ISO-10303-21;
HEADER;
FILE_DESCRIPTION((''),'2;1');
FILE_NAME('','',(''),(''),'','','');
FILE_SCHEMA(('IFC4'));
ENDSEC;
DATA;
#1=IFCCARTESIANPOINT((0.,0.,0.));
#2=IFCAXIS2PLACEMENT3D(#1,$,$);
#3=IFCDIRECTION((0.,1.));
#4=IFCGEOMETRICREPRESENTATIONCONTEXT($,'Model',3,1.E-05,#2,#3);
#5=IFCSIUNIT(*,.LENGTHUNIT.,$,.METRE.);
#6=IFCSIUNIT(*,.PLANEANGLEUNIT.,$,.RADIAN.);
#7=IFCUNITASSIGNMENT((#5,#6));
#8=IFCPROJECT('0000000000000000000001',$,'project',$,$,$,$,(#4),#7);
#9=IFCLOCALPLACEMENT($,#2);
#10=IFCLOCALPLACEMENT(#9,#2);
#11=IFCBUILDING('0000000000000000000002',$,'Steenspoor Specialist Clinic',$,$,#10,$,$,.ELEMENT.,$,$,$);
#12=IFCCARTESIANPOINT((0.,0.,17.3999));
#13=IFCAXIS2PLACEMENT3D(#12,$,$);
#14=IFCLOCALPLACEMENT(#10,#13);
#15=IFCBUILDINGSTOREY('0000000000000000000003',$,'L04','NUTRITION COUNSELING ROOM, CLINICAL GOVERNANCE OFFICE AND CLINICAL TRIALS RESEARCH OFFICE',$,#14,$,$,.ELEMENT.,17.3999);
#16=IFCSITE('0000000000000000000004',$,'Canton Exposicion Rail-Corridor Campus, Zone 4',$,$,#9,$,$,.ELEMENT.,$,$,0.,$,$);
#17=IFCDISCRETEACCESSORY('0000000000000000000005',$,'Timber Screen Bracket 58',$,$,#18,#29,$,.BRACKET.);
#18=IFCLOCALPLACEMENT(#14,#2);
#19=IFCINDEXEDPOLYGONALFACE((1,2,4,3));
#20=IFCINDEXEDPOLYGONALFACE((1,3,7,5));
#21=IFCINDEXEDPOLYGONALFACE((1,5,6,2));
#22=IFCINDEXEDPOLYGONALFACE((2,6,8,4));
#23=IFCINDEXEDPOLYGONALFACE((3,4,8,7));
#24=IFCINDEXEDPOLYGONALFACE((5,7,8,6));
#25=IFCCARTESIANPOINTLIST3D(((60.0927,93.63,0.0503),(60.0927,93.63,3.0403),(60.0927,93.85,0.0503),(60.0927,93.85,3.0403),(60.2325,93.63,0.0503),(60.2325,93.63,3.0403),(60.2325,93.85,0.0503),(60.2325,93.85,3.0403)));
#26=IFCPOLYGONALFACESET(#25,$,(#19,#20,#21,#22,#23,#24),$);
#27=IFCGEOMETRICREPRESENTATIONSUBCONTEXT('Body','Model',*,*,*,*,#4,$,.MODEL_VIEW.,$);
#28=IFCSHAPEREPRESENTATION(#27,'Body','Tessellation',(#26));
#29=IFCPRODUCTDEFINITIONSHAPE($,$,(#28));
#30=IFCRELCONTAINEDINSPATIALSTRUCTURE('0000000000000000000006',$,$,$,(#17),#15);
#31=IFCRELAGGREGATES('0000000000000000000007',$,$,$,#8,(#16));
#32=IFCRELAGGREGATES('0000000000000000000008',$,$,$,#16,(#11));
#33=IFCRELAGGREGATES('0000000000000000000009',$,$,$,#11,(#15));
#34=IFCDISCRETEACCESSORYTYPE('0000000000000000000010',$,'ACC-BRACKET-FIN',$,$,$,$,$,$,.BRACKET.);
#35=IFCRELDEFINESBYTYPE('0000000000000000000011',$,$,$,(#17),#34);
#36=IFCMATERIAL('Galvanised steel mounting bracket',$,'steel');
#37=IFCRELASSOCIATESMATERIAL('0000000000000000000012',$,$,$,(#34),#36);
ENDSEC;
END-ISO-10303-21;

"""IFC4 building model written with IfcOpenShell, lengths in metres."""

from ifc_helpers import new_model, si_unit, direction, frame, origin, origin_2d, place, context, subcontext, project, spatial, rectangle, extrude, material, type_object, element, save


model = new_model("IFC4")

# Units and contexts
model_context = context("Model", 3, precision=1e-05, world=origin(), true_north=direction((0.0, 1.0)))
body_context = subcontext(model_context, "Body", "Model", "MODEL_VIEW")
ifc_project = project(units=[si_unit("LENGTHUNIT", "METRE"), si_unit("PLANEANGLEUNIT", "RADIAN")], contexts=[model_context])

# Site, building, storey
site_placement = place(None, origin())
site = spatial("IfcSite", under=ifc_project, at=site_placement, Name="Canton Exposicion Rail-Corridor Campus, Zone 4", CompositionType="ELEMENT", RefElevation=0.0)
building_placement = place(site_placement, origin())
building = spatial("IfcBuilding", under=site, at=building_placement, Name="Steenspoor Specialist Clinic", CompositionType="ELEMENT")
storey_placement = place(building_placement, frame((0.0, 0.0, 17.3999)))
storey = spatial("IfcBuildingStorey", under=building, at=storey_placement, Name="L04", Description="NUTRITION COUNSELING ROOM, CLINICAL GOVERNANCE OFFICE AND CLINICAL TRIALS RESEARCH OFFICE", CompositionType="ELEMENT", Elevation=17.3999)

# Discrete accessory
ifc_material_1 = material(Name="Galvanised steel mounting bracket", Category="steel")
discrete_accessory_type = type_object("IfcDiscreteAccessoryType", Name="ACC-BRACKET-FIN", PredefinedType="BRACKET", material=ifc_material_1)
for number, where, z_axis, x_axis, name in (
    (1, (60.1626, 93.74, 0.0503), (0.0, 0.0, 1.0), (0.0, -1.0, 0.0), "Timber Screen Bracket 58"),
):
    element("IfcDiscreteAccessory", number, at=place(storey_placement, frame(where, z_axis=z_axis, x_axis=x_axis)), inside=storey, type_object=discrete_accessory_type, Name=name, PredefinedType="BRACKET", context=body_context, shape_type="SweptSolid", body=[
        extrude(rectangle(XDim=0.22, YDim=0.1399, at=origin_2d()), origin(), (0.0, 0.0, 1.0), 2.99),
    ])

save(model, "model.ifc")
